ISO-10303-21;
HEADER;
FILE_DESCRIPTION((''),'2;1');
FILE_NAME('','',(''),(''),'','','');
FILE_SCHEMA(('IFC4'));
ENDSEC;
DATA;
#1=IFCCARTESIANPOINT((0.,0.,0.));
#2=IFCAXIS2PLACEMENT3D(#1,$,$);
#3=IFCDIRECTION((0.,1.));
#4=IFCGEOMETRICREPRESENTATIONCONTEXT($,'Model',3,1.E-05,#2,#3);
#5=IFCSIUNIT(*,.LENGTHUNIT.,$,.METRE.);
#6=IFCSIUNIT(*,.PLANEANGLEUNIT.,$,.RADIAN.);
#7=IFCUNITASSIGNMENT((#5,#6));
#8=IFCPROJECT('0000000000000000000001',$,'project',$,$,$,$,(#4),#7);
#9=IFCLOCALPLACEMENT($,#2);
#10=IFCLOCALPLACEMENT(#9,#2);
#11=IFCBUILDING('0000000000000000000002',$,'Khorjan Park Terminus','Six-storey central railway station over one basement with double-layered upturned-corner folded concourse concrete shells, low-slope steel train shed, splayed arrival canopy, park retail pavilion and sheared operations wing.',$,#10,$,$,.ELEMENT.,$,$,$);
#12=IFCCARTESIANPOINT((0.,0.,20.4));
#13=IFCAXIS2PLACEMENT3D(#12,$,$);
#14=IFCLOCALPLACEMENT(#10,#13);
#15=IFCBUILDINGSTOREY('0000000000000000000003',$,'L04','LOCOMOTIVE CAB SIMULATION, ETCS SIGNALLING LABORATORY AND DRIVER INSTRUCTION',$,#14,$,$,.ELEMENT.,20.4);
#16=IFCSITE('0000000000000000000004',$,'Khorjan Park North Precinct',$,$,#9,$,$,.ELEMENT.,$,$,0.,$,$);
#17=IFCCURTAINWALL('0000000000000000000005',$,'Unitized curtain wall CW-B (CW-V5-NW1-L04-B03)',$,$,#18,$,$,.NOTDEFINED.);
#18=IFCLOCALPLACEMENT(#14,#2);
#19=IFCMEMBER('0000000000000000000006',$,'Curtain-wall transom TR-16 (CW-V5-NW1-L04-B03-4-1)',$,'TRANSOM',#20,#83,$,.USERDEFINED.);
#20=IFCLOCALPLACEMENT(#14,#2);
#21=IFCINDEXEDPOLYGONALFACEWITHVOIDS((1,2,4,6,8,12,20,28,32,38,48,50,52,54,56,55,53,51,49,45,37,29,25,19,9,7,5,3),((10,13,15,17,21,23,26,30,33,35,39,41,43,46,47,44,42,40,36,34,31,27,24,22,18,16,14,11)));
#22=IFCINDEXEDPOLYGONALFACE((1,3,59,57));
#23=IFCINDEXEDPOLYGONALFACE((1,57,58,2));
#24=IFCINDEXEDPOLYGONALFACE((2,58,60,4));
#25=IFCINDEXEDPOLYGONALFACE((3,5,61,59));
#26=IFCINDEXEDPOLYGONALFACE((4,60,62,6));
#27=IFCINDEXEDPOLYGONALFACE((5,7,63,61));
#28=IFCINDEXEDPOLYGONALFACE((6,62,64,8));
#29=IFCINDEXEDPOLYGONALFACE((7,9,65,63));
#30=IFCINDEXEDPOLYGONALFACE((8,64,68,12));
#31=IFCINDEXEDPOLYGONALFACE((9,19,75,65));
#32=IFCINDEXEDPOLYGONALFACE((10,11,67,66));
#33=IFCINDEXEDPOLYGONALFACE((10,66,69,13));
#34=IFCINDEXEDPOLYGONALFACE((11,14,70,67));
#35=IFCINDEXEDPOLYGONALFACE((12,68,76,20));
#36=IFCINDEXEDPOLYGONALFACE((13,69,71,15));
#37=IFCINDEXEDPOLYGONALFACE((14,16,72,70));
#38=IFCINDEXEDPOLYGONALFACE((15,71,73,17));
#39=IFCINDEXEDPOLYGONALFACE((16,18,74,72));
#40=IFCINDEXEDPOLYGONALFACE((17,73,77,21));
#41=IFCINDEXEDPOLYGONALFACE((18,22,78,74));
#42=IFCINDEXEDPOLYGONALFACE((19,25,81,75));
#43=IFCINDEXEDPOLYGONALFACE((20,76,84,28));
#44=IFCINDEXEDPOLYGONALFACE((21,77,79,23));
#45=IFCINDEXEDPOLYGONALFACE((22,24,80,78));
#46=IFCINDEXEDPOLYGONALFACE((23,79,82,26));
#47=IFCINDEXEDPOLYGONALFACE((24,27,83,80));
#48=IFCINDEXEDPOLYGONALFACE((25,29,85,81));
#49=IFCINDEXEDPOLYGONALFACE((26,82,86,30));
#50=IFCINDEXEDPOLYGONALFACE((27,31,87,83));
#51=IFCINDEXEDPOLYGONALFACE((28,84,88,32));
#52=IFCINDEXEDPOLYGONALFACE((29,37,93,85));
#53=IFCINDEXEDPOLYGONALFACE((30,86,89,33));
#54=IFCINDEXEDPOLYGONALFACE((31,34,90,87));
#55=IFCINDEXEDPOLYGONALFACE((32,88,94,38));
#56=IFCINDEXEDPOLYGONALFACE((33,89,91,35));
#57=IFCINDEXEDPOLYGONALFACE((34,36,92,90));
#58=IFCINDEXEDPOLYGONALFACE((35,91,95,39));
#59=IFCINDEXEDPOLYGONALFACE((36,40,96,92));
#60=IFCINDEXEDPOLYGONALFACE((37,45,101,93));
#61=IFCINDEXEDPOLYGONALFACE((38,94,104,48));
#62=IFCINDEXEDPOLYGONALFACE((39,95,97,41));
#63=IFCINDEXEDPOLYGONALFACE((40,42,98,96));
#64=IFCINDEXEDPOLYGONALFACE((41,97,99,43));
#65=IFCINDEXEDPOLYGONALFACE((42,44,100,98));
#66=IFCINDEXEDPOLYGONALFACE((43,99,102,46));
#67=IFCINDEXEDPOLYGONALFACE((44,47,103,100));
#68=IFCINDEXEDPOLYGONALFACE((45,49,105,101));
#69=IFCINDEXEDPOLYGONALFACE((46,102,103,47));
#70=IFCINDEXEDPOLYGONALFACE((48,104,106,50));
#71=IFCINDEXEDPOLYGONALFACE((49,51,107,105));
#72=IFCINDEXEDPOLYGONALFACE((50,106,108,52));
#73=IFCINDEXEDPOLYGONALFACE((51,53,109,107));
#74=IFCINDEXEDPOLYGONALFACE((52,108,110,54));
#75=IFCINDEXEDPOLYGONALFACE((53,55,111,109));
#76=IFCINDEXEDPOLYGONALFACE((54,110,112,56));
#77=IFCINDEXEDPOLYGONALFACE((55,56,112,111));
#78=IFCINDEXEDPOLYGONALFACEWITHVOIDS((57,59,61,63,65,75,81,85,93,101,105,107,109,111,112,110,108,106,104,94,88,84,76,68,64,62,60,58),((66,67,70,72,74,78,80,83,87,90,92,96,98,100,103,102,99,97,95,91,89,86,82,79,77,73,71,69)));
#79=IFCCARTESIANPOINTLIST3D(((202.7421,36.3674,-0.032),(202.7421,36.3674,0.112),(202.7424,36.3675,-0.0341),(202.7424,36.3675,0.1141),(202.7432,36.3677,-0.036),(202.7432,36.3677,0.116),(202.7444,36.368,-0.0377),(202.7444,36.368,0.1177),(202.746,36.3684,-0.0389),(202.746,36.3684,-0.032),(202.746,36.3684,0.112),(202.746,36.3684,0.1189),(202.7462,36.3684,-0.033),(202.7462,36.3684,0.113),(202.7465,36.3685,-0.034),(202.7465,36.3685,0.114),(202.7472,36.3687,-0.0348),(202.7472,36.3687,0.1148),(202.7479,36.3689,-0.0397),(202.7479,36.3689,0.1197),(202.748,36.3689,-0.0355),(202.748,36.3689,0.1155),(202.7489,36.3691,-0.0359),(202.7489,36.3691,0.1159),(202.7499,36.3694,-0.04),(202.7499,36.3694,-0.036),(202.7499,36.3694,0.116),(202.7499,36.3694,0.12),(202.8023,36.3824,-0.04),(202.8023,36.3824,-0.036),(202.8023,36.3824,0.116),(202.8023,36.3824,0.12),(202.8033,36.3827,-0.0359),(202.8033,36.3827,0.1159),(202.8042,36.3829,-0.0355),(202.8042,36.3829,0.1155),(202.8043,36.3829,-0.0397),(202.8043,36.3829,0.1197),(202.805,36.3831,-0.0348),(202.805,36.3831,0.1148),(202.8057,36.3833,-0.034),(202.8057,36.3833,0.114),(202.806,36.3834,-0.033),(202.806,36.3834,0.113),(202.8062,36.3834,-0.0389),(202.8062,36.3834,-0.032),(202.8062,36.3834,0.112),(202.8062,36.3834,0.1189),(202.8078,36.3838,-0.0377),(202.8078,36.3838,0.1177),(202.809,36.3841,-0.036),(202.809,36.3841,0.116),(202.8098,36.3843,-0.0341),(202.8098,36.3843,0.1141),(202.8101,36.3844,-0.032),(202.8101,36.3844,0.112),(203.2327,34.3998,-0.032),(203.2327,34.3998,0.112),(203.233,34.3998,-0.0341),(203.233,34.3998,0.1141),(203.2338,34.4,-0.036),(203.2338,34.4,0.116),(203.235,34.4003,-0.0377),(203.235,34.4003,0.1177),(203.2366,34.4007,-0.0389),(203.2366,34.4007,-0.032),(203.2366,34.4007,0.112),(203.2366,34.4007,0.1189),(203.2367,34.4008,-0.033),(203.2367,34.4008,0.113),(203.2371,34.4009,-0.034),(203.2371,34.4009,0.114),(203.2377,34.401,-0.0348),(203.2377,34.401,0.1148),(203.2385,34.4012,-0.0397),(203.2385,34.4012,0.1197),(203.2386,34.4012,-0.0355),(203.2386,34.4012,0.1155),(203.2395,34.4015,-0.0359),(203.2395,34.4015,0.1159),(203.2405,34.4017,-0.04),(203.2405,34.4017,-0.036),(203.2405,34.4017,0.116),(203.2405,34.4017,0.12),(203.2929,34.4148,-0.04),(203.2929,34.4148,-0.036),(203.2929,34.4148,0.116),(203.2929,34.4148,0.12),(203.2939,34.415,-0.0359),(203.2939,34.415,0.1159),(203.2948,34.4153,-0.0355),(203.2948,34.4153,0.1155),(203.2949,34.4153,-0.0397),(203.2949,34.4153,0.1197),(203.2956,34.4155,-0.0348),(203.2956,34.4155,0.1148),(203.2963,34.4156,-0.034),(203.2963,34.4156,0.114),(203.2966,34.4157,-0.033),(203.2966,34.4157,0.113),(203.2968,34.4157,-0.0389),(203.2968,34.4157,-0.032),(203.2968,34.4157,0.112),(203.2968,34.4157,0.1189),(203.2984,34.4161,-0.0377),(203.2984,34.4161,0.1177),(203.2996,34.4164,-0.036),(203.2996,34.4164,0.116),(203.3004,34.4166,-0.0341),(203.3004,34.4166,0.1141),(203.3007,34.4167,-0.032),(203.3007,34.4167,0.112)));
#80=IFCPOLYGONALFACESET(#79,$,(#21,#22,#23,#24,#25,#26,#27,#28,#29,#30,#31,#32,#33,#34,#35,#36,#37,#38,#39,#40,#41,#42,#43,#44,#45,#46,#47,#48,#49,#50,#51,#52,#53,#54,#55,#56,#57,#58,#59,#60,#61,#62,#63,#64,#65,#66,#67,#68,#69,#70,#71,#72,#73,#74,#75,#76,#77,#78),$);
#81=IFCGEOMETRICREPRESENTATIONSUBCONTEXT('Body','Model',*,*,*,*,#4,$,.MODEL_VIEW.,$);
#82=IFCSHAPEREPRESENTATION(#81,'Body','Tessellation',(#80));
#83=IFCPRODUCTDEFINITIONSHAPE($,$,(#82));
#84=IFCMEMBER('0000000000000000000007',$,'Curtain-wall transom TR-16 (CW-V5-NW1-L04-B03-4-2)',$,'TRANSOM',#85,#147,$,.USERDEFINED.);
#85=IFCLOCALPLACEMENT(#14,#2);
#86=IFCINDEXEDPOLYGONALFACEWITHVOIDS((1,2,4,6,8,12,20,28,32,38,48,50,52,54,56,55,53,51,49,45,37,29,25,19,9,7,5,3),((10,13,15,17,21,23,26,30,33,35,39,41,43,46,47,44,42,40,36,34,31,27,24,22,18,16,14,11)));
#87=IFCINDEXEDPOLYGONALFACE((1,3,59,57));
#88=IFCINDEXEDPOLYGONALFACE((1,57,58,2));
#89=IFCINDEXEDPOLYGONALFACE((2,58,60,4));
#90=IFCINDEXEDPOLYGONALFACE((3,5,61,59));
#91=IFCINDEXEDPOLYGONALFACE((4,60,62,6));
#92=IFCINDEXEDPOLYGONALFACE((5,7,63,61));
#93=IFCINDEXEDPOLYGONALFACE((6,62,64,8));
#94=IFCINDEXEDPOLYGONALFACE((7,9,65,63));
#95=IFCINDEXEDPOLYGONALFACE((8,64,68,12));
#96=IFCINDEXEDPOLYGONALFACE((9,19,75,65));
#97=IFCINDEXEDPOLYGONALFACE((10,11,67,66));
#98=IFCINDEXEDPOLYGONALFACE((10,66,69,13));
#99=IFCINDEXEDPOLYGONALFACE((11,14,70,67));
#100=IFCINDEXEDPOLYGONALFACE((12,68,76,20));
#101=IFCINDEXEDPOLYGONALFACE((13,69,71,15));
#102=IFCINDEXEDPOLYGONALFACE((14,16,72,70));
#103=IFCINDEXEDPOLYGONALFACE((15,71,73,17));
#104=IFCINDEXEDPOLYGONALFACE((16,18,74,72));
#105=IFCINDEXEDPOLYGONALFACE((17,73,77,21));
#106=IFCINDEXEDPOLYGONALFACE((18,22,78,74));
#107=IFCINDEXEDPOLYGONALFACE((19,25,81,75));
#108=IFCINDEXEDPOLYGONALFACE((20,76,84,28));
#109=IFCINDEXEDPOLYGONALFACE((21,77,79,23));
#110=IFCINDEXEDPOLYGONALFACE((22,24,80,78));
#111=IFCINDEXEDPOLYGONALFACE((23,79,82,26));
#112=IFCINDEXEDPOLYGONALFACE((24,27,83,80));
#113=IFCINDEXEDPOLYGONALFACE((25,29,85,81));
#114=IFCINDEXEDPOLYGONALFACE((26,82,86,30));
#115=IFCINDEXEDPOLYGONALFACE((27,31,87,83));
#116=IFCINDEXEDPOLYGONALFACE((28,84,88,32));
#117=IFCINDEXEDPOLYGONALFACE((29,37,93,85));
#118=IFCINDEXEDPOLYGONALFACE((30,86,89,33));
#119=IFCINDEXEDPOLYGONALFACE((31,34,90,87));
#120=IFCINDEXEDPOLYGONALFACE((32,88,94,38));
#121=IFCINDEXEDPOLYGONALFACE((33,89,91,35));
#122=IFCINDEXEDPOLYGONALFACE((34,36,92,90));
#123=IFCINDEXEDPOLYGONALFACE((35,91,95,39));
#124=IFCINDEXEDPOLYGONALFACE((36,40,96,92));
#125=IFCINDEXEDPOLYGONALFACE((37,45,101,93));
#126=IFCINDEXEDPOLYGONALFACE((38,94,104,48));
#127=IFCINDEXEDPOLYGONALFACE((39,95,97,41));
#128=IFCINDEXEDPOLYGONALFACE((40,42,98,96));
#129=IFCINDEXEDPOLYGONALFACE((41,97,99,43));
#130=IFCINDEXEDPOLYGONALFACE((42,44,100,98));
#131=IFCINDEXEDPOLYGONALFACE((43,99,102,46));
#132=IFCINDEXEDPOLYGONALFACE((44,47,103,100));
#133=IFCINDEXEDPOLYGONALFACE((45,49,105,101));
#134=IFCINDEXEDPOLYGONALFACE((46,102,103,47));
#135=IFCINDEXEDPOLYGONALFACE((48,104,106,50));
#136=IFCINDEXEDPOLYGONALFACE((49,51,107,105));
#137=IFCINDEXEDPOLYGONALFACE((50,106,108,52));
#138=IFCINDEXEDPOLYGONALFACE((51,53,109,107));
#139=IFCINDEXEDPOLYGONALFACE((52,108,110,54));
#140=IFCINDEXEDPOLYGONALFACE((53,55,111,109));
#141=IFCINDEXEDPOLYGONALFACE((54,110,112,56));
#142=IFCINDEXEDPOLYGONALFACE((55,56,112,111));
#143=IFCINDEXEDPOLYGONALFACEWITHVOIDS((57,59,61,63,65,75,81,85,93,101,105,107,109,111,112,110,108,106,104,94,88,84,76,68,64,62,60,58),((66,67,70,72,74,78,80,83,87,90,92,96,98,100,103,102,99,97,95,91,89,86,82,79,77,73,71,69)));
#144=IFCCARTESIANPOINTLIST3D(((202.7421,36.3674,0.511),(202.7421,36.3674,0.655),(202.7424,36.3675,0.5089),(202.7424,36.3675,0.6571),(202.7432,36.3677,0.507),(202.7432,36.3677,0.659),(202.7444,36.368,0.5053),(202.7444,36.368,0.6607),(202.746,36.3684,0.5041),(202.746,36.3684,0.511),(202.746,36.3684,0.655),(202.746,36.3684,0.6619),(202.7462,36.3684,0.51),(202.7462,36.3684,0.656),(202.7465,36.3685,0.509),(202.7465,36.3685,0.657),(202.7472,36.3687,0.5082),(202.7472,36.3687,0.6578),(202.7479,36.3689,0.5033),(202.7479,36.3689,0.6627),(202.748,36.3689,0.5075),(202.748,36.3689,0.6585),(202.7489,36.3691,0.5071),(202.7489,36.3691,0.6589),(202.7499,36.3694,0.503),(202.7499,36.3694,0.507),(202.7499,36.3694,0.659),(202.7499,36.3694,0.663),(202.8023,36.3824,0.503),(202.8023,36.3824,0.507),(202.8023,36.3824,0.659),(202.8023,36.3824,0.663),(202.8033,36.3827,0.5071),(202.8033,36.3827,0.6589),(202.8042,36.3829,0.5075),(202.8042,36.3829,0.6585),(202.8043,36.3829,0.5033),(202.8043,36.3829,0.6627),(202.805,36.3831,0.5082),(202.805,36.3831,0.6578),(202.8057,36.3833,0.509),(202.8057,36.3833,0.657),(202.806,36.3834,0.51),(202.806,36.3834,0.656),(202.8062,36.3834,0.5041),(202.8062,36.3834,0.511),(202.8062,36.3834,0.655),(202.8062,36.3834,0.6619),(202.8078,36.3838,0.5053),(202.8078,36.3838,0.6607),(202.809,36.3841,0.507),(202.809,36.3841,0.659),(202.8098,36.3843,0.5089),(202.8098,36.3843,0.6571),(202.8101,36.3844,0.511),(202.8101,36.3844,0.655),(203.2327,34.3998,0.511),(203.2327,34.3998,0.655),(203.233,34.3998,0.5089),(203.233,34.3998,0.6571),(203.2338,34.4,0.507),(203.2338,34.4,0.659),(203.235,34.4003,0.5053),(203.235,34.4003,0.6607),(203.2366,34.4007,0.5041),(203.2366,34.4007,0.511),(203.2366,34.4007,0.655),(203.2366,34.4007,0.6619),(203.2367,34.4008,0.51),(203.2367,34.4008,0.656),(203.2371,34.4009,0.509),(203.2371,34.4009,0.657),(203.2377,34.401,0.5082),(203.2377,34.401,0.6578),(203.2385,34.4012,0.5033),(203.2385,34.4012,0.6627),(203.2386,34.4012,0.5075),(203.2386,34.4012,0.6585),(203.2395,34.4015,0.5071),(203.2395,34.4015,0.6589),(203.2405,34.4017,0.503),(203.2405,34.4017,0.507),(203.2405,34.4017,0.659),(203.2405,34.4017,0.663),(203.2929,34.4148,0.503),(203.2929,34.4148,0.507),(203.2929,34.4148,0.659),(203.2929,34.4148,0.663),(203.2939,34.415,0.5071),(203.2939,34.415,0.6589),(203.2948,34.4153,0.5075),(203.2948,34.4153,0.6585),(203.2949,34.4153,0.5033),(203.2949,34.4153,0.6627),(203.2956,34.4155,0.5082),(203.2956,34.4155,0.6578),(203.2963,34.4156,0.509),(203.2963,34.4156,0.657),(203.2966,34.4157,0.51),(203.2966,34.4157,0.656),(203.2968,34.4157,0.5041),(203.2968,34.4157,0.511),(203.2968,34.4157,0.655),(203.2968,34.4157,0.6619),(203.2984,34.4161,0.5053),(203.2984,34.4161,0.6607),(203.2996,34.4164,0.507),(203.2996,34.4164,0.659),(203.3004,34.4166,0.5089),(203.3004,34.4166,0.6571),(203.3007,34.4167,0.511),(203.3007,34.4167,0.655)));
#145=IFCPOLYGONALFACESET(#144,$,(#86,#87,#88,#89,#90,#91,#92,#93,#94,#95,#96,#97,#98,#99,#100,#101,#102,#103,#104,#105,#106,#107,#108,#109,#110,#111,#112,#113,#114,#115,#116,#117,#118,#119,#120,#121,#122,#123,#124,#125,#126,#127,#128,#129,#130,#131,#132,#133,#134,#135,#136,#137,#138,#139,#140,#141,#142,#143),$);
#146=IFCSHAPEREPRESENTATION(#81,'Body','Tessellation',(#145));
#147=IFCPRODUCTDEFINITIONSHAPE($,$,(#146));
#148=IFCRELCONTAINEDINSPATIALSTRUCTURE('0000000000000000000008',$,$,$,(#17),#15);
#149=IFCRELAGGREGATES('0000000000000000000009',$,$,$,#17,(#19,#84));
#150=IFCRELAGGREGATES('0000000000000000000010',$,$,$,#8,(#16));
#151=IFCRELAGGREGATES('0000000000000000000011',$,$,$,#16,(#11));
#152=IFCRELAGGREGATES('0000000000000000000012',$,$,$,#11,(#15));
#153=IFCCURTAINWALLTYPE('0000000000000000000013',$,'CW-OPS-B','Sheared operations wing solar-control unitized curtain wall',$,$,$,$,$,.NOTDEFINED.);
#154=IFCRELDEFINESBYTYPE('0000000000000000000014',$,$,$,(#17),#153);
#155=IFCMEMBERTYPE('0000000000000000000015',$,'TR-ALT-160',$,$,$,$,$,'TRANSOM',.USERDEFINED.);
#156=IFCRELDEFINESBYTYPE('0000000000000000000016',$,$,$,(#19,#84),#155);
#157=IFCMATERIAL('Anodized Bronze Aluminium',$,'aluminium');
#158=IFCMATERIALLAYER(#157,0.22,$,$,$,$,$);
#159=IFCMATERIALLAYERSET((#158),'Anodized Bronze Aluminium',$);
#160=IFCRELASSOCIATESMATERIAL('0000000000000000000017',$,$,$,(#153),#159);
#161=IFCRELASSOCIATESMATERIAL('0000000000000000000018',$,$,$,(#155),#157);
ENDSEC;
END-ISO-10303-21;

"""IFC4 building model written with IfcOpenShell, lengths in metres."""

from ifc_helpers import new_model, si_unit, direction, frame, origin, origin_2d, place, context, subcontext, project, spatial, hollow_rectangle, extrude, material, layer, layer_set, material_profile, profile_set, type_object, element, aggregate, save


model = new_model("IFC4")

# Units and contexts
model_context = context("Model", 3, precision=1e-05, world=origin(), true_north=direction((0.0, 1.0)))
body_context = subcontext(model_context, "Body", "Model", "MODEL_VIEW")
ifc_project = project(units=[si_unit("LENGTHUNIT", "METRE"), si_unit("PLANEANGLEUNIT", "RADIAN")], contexts=[model_context])

# Site, building, storey
site_placement = place(None, origin())
site = spatial("IfcSite", under=ifc_project, at=site_placement, Name="Khorjan Park North Precinct", CompositionType="ELEMENT", RefElevation=0.0)
building_placement = place(site_placement, origin())
building = spatial("IfcBuilding", under=site, at=building_placement, Name="Khorjan Park Terminus", Description="Six-storey central railway station over one basement with double-layered upturned-corner folded concourse concrete shells, low-slope steel train shed, splayed arrival canopy, park retail pavilion and sheared operations wing.", CompositionType="ELEMENT")
storey_placement = place(building_placement, frame((0.0, 0.0, 20.4)))
storey = spatial("IfcBuildingStorey", under=building, at=storey_placement, Name="L04", Description="LOCOMOTIVE CAB SIMULATION, ETCS SIGNALLING LABORATORY AND DRIVER INSTRUCTION", CompositionType="ELEMENT", Elevation=20.4)

# Curtain wall, members
ifc_material_1 = material(Name="Anodized Bronze Aluminium", Category="aluminium")
ifc_layer_1 = layer(ifc_material_1, 0.22)
ifc_layer_set_1 = layer_set([ifc_layer_1], Name="Anodized Bronze Aluminium")
curtain_wall_type = type_object("IfcCurtainWallType", Name="CW-OPS-B", Description="Sheared operations wing solar-control unitized curtain wall", PredefinedType="NOTDEFINED", material=ifc_layer_set_1)
curtain_wall_1_placement = place(storey_placement, origin())
curtain_wall_1 = element("IfcCurtainWall", 1, at=curtain_wall_1_placement, inside=storey, type_object=curtain_wall_type, Name="Unitized curtain wall CW-B (CW-V5-NW1-L04-B03)", PredefinedType="NOTDEFINED")
ifc_material_profile_1 = material_profile(ifc_material_1, hollow_rectangle(XDim=0.07, YDim=0.16, WallThickness=0.004, InnerFilletRadius=0.004, OuterFilletRadius=0.008, at=origin_2d()), Name="ALT 70x160x4")
ifc_profile_set_1 = profile_set([ifc_material_profile_1], Name="Anodized Bronze Aluminium")
member_type_1 = type_object("IfcMemberType", Name="TR-ALT-160", ElementType="TRANSOM", PredefinedType="USERDEFINED", material=ifc_profile_set_1)
member_1_placement = place(storey_placement, frame((202.7761, 36.3759, 0.04), z_axis=(0.241921, -0.970296, 0.0), x_axis=(0.970296, 0.241921, 0.0)))
member_1 = element("IfcMember", 2, at=member_1_placement, type_object=member_type_1, Name="Curtain-wall transom TR-16 (CW-V5-NW1-L04-B03-4-1)", ObjectType="TRANSOM", PredefinedType="USERDEFINED", context=body_context, shape_type="SweptSolid", body=[
    extrude(hollow_rectangle(XDim=0.07, YDim=0.16, WallThickness=0.004, InnerFilletRadius=0.004, OuterFilletRadius=0.008, at=origin_2d()), origin(), (0.0, 0.0, 1.0), 2.0279),
])
member_2_placement = place(storey_placement, frame((202.7761, 36.3759, 0.583), z_axis=(0.241921, -0.970296, 0.0), x_axis=(0.970296, 0.241921, 0.0)))
member_2 = element("IfcMember", 3, at=member_2_placement, type_object=member_type_1, Name="Curtain-wall transom TR-16 (CW-V5-NW1-L04-B03-4-2)", ObjectType="TRANSOM", PredefinedType="USERDEFINED", context=body_context, shape_type="SweptSolid", body=[
    extrude(hollow_rectangle(XDim=0.07, YDim=0.16, WallThickness=0.004, InnerFilletRadius=0.004, OuterFilletRadius=0.008, at=origin_2d()), origin(), (0.0, 0.0, 1.0), 2.0279),
])

aggregate(curtain_wall_1, [member_1, member_2])

save(model, "model.ifc")
